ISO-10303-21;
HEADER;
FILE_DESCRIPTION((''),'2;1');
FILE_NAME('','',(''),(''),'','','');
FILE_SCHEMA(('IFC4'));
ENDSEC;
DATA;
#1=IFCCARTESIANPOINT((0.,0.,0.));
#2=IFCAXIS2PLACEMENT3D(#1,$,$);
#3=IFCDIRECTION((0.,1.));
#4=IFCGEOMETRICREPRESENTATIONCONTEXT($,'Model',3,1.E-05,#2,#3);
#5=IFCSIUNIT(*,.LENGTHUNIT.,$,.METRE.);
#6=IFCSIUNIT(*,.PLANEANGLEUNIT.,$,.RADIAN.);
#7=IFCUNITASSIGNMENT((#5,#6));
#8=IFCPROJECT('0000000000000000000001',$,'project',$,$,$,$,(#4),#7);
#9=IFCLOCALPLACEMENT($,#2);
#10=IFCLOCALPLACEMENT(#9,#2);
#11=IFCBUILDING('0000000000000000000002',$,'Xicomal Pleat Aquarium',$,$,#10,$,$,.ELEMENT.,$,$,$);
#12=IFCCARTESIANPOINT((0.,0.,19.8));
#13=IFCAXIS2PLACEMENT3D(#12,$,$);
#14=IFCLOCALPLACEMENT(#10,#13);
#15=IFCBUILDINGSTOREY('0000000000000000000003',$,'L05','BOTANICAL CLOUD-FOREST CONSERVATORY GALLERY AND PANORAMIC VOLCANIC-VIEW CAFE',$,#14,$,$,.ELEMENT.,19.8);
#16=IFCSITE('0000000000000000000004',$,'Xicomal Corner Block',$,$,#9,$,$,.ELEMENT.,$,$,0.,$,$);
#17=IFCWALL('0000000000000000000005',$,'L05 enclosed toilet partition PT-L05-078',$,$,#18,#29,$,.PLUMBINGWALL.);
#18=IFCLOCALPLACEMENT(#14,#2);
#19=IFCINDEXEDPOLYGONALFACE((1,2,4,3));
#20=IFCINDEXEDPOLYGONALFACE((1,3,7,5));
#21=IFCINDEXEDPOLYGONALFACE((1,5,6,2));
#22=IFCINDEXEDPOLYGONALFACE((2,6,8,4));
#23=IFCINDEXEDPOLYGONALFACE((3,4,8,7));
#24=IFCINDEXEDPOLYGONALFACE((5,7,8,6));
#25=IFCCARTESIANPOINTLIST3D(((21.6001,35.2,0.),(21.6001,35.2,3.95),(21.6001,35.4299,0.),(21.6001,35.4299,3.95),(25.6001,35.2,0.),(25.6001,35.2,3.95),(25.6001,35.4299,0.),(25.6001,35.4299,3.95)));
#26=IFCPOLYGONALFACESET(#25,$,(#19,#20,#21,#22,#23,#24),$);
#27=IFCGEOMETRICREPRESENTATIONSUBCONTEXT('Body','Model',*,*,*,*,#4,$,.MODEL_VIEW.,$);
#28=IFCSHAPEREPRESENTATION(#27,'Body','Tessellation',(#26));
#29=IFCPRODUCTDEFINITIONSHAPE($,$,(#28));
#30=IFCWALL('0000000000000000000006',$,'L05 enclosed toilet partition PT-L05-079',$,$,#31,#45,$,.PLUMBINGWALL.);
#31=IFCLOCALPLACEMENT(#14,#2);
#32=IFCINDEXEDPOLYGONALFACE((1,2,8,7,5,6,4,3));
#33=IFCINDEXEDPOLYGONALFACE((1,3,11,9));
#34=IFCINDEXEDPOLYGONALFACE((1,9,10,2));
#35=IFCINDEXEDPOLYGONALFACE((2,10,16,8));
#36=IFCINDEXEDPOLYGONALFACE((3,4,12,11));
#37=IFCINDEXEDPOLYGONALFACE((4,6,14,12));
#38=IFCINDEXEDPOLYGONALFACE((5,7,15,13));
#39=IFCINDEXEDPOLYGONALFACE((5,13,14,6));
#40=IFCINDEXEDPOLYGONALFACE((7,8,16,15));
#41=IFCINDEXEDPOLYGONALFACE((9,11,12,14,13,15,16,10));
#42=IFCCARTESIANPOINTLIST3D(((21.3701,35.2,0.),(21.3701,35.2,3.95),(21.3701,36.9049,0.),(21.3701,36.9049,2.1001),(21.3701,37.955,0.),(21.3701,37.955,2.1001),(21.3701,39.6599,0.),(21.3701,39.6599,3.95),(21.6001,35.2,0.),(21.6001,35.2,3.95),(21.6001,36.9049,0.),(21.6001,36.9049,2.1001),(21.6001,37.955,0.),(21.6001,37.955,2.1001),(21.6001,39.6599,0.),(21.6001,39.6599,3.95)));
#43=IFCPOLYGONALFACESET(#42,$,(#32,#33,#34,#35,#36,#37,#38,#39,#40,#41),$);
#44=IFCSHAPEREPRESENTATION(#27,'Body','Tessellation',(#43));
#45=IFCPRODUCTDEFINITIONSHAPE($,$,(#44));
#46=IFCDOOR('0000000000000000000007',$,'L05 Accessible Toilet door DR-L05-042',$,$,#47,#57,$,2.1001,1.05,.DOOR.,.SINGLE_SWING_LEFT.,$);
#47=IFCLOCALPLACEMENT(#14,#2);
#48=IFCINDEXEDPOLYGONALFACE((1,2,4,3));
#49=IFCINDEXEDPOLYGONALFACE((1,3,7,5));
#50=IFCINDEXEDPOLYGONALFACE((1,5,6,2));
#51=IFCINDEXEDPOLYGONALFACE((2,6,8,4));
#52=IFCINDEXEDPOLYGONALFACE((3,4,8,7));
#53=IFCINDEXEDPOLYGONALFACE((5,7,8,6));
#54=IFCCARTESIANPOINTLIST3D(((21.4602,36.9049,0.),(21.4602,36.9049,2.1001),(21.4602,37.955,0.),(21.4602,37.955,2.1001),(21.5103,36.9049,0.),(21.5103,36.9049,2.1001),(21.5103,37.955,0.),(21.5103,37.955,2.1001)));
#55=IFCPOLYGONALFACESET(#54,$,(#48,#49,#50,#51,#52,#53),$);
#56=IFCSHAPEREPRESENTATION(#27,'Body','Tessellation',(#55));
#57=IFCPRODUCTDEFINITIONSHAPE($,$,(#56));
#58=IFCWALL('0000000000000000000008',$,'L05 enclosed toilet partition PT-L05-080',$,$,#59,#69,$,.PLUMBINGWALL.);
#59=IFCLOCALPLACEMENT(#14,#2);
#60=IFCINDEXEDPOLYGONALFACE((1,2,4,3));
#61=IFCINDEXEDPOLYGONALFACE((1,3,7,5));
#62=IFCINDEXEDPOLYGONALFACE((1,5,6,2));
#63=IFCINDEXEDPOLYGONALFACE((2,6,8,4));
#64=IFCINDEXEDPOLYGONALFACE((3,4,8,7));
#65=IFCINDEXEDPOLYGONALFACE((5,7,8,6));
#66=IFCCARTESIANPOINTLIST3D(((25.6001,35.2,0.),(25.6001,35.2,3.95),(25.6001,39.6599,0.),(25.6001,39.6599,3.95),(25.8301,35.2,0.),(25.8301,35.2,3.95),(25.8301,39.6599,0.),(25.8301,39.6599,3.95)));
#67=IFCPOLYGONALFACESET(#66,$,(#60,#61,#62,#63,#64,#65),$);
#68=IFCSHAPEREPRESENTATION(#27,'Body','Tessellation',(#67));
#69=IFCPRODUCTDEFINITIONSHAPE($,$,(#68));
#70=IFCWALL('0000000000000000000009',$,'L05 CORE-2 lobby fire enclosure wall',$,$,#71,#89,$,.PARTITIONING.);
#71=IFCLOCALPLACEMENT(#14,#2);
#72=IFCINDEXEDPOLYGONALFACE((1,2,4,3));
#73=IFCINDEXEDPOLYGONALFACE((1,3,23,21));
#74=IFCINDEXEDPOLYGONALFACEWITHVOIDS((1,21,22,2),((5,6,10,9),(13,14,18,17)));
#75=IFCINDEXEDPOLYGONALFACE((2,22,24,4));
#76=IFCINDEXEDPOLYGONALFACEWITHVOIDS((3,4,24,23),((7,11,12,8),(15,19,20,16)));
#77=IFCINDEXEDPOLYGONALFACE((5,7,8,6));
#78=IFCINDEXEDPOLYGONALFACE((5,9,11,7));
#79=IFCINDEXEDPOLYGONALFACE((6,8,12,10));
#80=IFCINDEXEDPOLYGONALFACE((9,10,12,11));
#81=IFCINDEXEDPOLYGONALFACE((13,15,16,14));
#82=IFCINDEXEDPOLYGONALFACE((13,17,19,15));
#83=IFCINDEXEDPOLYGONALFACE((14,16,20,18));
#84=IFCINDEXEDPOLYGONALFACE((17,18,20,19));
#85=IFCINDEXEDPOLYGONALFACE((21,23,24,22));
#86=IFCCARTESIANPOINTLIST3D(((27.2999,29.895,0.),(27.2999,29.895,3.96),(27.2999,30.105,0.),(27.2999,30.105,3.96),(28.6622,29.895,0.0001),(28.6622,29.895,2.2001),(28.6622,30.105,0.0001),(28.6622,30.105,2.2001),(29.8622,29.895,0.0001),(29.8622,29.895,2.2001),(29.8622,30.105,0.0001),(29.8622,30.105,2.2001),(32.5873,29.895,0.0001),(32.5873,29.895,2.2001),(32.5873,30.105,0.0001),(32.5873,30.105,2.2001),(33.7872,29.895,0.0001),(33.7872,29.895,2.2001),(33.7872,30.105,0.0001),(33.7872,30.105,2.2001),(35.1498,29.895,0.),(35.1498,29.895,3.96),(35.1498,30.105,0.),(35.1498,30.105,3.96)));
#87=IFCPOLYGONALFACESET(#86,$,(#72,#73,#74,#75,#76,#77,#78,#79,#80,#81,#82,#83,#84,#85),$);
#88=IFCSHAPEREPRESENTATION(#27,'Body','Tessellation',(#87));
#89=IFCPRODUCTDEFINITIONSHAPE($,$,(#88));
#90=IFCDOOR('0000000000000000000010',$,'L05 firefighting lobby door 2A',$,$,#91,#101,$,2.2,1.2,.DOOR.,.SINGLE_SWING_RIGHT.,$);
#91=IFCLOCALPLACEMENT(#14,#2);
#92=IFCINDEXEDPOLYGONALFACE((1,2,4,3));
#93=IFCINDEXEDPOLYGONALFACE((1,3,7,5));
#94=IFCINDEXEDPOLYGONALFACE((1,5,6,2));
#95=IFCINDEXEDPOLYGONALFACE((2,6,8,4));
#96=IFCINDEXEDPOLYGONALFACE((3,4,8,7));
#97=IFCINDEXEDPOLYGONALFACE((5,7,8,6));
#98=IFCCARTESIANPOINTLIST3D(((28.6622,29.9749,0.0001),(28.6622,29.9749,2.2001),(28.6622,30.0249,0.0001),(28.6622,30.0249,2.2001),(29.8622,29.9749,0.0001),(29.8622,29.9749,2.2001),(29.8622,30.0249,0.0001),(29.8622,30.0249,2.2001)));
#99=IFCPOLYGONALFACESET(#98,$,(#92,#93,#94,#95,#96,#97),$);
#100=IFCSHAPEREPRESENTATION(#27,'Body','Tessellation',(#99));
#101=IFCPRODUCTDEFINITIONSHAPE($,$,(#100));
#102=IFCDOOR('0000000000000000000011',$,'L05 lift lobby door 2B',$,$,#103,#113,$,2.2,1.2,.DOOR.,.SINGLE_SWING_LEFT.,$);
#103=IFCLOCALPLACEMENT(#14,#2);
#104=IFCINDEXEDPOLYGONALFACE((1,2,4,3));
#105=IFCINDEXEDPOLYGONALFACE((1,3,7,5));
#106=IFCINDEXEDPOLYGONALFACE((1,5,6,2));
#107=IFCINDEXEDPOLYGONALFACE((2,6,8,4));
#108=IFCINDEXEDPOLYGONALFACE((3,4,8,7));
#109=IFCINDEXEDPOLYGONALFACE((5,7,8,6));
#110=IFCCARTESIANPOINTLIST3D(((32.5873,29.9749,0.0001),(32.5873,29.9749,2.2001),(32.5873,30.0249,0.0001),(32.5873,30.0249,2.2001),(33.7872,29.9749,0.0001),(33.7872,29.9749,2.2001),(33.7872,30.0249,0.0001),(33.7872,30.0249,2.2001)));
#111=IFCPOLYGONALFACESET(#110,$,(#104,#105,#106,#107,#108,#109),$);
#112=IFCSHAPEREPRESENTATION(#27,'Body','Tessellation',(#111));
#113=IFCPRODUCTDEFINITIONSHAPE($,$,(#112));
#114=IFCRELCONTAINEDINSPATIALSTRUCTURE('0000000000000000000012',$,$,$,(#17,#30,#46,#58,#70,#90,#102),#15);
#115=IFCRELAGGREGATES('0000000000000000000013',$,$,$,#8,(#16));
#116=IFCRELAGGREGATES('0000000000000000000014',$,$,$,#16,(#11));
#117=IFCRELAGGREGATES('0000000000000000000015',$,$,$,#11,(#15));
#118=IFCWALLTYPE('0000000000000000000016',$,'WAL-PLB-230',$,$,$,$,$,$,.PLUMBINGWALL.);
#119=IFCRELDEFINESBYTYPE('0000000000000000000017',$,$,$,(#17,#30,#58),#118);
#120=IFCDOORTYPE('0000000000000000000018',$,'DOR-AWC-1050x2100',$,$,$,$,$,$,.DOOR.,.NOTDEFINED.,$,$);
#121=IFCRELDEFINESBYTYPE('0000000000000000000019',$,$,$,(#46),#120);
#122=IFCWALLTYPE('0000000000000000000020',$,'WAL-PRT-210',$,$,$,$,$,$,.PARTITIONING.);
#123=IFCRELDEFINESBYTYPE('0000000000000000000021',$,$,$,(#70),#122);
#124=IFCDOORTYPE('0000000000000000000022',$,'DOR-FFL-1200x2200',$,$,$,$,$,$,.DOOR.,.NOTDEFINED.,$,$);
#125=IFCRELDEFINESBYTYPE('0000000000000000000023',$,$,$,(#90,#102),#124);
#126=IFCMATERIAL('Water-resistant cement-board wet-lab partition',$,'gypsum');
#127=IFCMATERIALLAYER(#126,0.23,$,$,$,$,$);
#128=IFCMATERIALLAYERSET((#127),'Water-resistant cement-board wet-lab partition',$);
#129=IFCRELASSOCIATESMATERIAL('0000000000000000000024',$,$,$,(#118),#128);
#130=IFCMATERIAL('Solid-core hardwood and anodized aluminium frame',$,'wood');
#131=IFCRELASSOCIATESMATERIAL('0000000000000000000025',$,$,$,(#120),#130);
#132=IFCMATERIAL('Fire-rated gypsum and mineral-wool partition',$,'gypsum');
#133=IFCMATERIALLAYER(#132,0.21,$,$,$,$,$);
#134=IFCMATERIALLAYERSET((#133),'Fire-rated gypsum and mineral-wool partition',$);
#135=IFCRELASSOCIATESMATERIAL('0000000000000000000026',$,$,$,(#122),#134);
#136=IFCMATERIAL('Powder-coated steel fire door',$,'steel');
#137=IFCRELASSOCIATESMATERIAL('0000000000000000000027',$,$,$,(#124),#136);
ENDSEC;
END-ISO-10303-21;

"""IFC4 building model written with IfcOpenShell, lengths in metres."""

from ifc_helpers import new_model, si_unit, direction, frame, frame_2d, origin, place, context, subcontext, project, spatial, rectangle, extrude, material, layer, layer_set, type_object, element, fill, save


model = new_model("IFC4")

# Units and contexts
model_context = context("Model", 3, precision=1e-05, world=origin(), true_north=direction((0.0, 1.0)))
body_context = subcontext(model_context, "Body", "Model", "MODEL_VIEW")
ifc_project = project(units=[si_unit("LENGTHUNIT", "METRE"), si_unit("PLANEANGLEUNIT", "RADIAN")], contexts=[model_context])

# Site, building, storey
site_placement = place(None, origin())
site = spatial("IfcSite", under=ifc_project, at=site_placement, Name="Xicomal Corner Block", CompositionType="ELEMENT", RefElevation=0.0)
building_placement = place(site_placement, origin())
building = spatial("IfcBuilding", under=site, at=building_placement, Name="Xicomal Pleat Aquarium", CompositionType="ELEMENT")
storey_placement = place(building_placement, frame((0.0, 0.0, 19.8)))
storey = spatial("IfcBuildingStorey", under=building, at=storey_placement, Name="L05", Description="BOTANICAL CLOUD-FOREST CONSERVATORY GALLERY AND PANORAMIC VOLCANIC-VIEW CAFE", CompositionType="ELEMENT", Elevation=19.8)

# Shared definitions
ifc_material_1 = material(Name="Water-resistant cement-board wet-lab partition", Category="gypsum")
ifc_layer_1 = layer(ifc_material_1, 0.23)
ifc_layer_set_1 = layer_set([ifc_layer_1], Name="Water-resistant cement-board wet-lab partition")
wall_type_1 = type_object("IfcWallType", Name="WAL-PLB-230", PredefinedType="PLUMBINGWALL", material=ifc_layer_set_1)

# Wall
for number, where, z_axis, x_axis, name in (
    (1, (21.6001, 35.3149, 0.0), (0.0, 0.0, 1.0), (1.0, 0.0, 0.0), "L05 enclosed toilet partition PT-L05-078"),
):
    element("IfcWall", number, at=place(storey_placement, frame(where, z_axis=z_axis, x_axis=x_axis)), inside=storey, type_object=wall_type_1, Name=name, PredefinedType="PLUMBINGWALL", context=body_context, shape_type="SweptSolid", body=[
        extrude(rectangle(XDim=4.0, YDim=0.23, at=frame_2d((2.0, 0.0))), origin(), (0.0, 0.0, 1.0), 3.95),
    ])

# Wall, opening, door
wall_1_placement = place(storey_placement, frame((21.4851, 35.2, 0.0), z_axis=(0.0, 0.0, 1.0), x_axis=(0.0, 1.0, 0.0)))
wall_1 = element("IfcWall", 2, at=wall_1_placement, inside=storey, type_object=wall_type_1, Name="L05 enclosed toilet partition PT-L05-079", PredefinedType="PLUMBINGWALL", context=body_context, shape_type="SweptSolid", body=[
    extrude(rectangle(XDim=4.46, YDim=0.23, at=frame_2d((2.23, 0.0))), origin(), (0.0, 0.0, 1.0), 3.95),
])
opening_1_placement = place(wall_1_placement, frame((1.7051, 0.0, 0.0)))
opening_1 = element("IfcOpeningElement", 3, at=opening_1_placement, cuts=wall_1, PredefinedType="OPENING", context=body_context, shape_type="SweptSolid", body=[
    extrude(rectangle(XDim=1.05, YDim=2.1001, at=frame_2d((0.5249, 1.05))), frame((0.0, 0.125, 0.0), z_axis=(0.0, -1.0, 0.0), x_axis=(1.0, 0.0, 0.0)), (0.0, 0.0, 1.0), 0.25),
])
ifc_material_2 = material(Name="Solid-core hardwood and anodized aluminium frame", Category="wood")
door_type_1 = type_object("IfcDoorType", Name="DOR-AWC-1050x2100", OperationType="NOTDEFINED", PredefinedType="DOOR", material=ifc_material_2)
door_1_placement = place(opening_1_placement, origin())
door_1 = element("IfcDoor", 4, at=door_1_placement, inside=storey, type_object=door_type_1, Name="L05 Accessible Toilet door DR-L05-042", OperationType="SINGLE_SWING_LEFT", OverallHeight=2.1001, OverallWidth=1.05, PredefinedType="DOOR", context=body_context, shape_type="SweptSolid", body=[
    extrude(rectangle(XDim=1.05, YDim=2.1001, at=frame_2d((0.5249, 1.05))), frame((0.0, 0.0249, 0.0), z_axis=(0.0, -1.0, 0.0), x_axis=(1.0, 0.0, 0.0)), (0.0, 0.0, 1.0), 0.05),
])
fill(opening_1, door_1)

# Wall
wall_2_placement = place(storey_placement, frame((25.7151, 35.2, 0.0), z_axis=(0.0, 0.0, 1.0), x_axis=(0.0, 1.0, 0.0)))
element("IfcWall", 5, at=wall_2_placement, inside=storey, type_object=wall_type_1, Name="L05 enclosed toilet partition PT-L05-080", PredefinedType="PLUMBINGWALL", context=body_context, shape_type="SweptSolid", body=[
    extrude(rectangle(XDim=4.46, YDim=0.23, at=frame_2d((2.23, 0.0))), origin(), (0.0, 0.0, 1.0), 3.95),
])

# Wall, openings, doors
ifc_material_3 = material(Name="Fire-rated gypsum and mineral-wool partition", Category="gypsum")
ifc_layer_2 = layer(ifc_material_3, 0.21)
ifc_layer_set_2 = layer_set([ifc_layer_2], Name="Fire-rated gypsum and mineral-wool partition")
wall_type_2 = type_object("IfcWallType", Name="WAL-PRT-210", PredefinedType="PARTITIONING", material=ifc_layer_set_2)
wall_3_placement = place(storey_placement, frame((27.3, 30.0, 0.0), z_axis=(0.0, 0.0, 1.0), x_axis=(1.0, 0.0, 0.0)))
wall_3 = element("IfcWall", 6, at=wall_3_placement, inside=storey, type_object=wall_type_2, Name="L05 CORE-2 lobby fire enclosure wall", PredefinedType="PARTITIONING", context=body_context, shape_type="SweptSolid", body=[
    extrude(rectangle(XDim=7.8499, YDim=0.21, at=frame_2d((3.9248, 0.0))), origin(), (0.0, 0.0, 1.0), 3.96),
])
opening_2_placement = place(wall_3_placement, frame((1.3621, 0.0, 0.0)))
opening_2 = element("IfcOpeningElement", 7, at=opening_2_placement, cuts=wall_3, PredefinedType="OPENING", context=body_context, shape_type="SweptSolid", body=[
    extrude(rectangle(XDim=1.2, YDim=2.2, at=frame_2d((0.6001, 1.1001))), frame((0.0, 0.115, 0.0), z_axis=(0.0, -1.0, 0.0), x_axis=(1.0, 0.0, 0.0)), (0.0, 0.0, 1.0), 0.23),
])
opening_3_placement = place(wall_3_placement, frame((5.2871, 0.0, 0.0)))
opening_3 = element("IfcOpeningElement", 8, at=opening_3_placement, cuts=wall_3, PredefinedType="OPENING", context=body_context, shape_type="SweptSolid", body=[
    extrude(rectangle(XDim=1.2, YDim=2.2, at=frame_2d((0.6001, 1.1001))), frame((0.0, 0.115, 0.0), z_axis=(0.0, -1.0, 0.0), x_axis=(1.0, 0.0, 0.0)), (0.0, 0.0, 1.0), 0.23),
])
ifc_material_4 = material(Name="Powder-coated steel fire door", Category="steel")
door_type_2 = type_object("IfcDoorType", Name="DOR-FFL-1200x2200", OperationType="NOTDEFINED", PredefinedType="DOOR", material=ifc_material_4)
door_2_placement = place(opening_2_placement, origin())
door_2 = element("IfcDoor", 9, at=door_2_placement, inside=storey, type_object=door_type_2, Name="L05 firefighting lobby door 2A", OperationType="SINGLE_SWING_RIGHT", OverallHeight=2.2, OverallWidth=1.2, PredefinedType="DOOR", context=body_context, shape_type="SweptSolid", body=[
    extrude(rectangle(XDim=1.2, YDim=2.2, at=frame_2d((0.6001, 1.1001))), frame((0.0, 0.0249, 0.0), z_axis=(0.0, -1.0, 0.0), x_axis=(1.0, 0.0, 0.0)), (0.0, 0.0, 1.0), 0.05),
])
fill(opening_2, door_2)
door_3_placement = place(opening_3_placement, origin())
door_3 = element("IfcDoor", 10, at=door_3_placement, inside=storey, type_object=door_type_2, Name="L05 lift lobby door 2B", OperationType="SINGLE_SWING_LEFT", OverallHeight=2.2, OverallWidth=1.2, PredefinedType="DOOR", context=body_context, shape_type="SweptSolid", body=[
    extrude(rectangle(XDim=1.2, YDim=2.2, at=frame_2d((0.6001, 1.1001))), frame((0.0, 0.0249, 0.0), z_axis=(0.0, -1.0, 0.0), x_axis=(1.0, 0.0, 0.0)), (0.0, 0.0, 1.0), 0.05),
])
fill(opening_3, door_3)

save(model, "model.ifc")
